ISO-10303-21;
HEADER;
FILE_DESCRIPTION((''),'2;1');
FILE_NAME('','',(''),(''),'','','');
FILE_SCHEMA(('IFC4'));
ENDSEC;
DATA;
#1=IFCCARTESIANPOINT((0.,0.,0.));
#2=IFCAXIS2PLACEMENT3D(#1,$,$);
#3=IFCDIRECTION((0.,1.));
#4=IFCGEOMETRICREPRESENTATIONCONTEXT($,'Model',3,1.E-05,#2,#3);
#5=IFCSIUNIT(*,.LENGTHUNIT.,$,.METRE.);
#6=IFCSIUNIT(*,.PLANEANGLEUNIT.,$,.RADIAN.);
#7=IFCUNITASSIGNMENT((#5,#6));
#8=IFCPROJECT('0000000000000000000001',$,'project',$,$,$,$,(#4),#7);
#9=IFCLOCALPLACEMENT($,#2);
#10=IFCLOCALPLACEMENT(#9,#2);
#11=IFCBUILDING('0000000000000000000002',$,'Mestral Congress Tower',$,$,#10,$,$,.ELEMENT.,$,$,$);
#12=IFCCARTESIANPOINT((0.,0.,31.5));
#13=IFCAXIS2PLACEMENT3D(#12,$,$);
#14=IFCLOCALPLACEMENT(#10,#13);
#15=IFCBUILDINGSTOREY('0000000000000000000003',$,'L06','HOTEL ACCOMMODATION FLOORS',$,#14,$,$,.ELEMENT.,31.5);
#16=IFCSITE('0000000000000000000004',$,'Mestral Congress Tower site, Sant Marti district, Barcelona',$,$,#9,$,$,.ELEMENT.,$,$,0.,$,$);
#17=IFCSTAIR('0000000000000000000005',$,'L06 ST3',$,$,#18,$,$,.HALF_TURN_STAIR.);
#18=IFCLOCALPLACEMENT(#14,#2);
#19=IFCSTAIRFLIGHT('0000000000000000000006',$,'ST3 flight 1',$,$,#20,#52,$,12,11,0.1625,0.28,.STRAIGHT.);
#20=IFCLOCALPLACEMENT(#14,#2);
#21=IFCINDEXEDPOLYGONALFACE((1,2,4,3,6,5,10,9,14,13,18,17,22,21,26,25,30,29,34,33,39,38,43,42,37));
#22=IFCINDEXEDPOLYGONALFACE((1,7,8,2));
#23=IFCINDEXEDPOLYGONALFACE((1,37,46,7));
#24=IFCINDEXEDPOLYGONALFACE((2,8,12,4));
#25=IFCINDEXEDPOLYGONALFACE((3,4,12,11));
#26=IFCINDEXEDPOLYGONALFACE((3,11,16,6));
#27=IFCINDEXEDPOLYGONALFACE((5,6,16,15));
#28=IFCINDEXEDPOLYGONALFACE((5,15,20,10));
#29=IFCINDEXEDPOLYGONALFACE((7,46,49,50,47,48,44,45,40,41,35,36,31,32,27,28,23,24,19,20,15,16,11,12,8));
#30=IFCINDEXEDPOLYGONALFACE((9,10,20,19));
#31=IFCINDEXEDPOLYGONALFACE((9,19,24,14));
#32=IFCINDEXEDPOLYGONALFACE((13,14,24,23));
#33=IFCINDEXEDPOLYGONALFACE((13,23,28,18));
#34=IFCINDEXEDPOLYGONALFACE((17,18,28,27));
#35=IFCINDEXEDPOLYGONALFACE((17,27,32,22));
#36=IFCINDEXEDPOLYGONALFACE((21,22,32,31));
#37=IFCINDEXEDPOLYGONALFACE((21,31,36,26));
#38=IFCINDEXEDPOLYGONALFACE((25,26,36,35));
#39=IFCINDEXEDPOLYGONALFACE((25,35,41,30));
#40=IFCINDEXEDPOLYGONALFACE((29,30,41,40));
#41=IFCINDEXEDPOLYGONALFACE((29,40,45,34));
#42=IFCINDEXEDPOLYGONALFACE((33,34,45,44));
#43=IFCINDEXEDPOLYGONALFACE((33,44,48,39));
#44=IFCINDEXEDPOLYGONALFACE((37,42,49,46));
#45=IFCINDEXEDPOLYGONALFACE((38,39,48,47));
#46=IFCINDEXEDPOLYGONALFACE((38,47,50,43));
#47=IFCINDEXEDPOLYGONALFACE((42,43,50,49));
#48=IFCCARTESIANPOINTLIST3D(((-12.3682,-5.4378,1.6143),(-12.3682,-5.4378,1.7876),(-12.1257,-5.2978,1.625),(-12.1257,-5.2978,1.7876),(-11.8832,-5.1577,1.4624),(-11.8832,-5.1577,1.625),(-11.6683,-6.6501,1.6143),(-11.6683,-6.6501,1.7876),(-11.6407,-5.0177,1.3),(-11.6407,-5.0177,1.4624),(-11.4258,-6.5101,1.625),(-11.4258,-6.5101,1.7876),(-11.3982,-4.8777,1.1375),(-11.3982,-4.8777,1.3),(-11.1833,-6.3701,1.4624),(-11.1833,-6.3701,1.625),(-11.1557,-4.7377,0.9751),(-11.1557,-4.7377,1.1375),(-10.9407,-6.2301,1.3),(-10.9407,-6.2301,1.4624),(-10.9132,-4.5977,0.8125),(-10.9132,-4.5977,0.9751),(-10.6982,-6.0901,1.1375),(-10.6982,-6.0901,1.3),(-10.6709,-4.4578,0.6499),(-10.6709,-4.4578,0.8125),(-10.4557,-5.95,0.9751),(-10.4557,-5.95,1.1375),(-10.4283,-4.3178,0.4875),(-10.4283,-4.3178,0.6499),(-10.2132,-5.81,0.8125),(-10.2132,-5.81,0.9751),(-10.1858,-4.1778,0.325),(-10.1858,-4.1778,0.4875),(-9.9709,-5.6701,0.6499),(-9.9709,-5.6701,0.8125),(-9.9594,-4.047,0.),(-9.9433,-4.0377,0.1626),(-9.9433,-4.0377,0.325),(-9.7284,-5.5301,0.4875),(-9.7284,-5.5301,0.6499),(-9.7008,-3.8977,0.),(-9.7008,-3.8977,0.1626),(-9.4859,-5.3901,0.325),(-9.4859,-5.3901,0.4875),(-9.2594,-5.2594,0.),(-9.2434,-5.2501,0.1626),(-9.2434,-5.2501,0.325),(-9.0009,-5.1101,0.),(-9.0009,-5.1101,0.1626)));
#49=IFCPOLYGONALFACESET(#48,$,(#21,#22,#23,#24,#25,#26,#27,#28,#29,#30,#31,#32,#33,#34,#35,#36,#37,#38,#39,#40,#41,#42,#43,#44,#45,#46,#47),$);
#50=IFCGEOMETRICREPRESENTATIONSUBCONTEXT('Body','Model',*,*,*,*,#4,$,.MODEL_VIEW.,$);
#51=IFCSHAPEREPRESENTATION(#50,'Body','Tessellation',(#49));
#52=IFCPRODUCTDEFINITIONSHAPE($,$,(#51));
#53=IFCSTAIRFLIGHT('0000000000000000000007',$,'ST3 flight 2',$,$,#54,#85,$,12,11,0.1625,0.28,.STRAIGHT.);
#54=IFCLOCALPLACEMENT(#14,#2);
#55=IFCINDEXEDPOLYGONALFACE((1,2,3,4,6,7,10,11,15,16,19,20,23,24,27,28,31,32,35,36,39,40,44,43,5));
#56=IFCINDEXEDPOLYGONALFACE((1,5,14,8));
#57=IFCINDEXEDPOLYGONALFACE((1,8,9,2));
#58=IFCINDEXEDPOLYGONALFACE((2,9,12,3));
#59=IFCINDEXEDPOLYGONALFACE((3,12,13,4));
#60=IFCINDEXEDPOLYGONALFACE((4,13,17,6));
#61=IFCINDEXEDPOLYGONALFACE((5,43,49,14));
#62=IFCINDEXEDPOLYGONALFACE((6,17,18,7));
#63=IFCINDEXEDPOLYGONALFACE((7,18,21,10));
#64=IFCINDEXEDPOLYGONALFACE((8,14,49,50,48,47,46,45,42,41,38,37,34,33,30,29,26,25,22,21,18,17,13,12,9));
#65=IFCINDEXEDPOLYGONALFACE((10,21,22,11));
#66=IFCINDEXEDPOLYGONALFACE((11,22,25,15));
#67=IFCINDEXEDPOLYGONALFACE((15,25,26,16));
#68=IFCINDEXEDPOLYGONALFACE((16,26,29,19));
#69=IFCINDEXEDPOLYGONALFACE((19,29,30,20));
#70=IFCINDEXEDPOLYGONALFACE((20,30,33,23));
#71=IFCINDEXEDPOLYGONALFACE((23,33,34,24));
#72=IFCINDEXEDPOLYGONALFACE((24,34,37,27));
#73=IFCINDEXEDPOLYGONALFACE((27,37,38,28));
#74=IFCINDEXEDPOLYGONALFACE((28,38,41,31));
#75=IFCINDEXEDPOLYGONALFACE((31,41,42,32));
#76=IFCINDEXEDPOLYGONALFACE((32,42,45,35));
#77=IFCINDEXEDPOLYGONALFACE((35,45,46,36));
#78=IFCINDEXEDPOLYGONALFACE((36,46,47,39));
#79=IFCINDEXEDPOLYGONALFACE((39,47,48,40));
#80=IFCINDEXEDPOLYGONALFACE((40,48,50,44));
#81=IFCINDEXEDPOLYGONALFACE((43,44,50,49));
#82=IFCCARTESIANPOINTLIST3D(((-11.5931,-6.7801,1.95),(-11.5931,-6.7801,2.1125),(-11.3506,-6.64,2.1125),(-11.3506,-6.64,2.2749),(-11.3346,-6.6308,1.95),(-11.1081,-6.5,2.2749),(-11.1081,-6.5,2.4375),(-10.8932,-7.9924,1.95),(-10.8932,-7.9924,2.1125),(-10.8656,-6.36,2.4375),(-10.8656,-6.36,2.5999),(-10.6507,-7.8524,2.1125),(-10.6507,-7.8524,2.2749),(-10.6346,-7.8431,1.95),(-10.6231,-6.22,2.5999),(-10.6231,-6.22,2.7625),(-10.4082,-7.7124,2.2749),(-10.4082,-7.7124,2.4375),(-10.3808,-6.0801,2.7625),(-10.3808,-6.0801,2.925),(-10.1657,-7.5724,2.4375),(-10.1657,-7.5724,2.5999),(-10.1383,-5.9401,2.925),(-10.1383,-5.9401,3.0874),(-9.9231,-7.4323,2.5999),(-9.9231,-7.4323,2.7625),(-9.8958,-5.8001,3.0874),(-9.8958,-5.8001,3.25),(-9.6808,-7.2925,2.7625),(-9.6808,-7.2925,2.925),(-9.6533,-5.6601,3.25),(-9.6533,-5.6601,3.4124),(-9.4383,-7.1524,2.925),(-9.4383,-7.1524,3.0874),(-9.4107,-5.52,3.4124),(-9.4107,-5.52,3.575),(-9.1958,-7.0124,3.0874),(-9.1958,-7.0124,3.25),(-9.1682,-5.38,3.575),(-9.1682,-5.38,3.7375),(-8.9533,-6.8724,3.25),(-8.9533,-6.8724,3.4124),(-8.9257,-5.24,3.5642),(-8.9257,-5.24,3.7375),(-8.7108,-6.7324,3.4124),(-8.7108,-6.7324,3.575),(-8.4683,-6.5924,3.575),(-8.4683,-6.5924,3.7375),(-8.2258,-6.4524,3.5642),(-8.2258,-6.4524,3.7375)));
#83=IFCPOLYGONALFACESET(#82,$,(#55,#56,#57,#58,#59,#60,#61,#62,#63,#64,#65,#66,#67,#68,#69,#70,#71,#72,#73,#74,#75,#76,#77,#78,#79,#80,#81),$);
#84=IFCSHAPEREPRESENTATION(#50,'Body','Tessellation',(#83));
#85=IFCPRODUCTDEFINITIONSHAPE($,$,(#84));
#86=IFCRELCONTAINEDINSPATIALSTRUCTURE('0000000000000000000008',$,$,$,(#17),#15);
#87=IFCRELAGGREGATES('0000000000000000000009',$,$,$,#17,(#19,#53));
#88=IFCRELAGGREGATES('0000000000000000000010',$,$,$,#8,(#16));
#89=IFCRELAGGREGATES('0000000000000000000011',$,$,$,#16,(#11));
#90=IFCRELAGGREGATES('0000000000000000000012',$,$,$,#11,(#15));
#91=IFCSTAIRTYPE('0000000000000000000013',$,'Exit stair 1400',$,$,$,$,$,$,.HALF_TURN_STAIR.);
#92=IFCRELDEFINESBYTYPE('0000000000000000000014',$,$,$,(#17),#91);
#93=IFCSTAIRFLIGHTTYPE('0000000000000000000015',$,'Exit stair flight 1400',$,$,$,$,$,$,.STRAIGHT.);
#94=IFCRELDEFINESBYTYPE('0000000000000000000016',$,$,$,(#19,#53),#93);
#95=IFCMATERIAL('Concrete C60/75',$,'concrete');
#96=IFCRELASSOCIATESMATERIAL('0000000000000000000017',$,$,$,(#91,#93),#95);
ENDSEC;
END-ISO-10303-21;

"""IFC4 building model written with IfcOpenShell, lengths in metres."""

from ifc_helpers import new_model, si_unit, direction, frame, origin, place, context, subcontext, project, spatial, polyline, outline, extrude, material, type_object, element, aggregate, save


model = new_model("IFC4")

# Units and contexts
model_context = context("Model", 3, precision=1e-05, world=origin(), true_north=direction((0.0, 1.0)))
body_context = subcontext(model_context, "Body", "Model", "MODEL_VIEW")
ifc_project = project(units=[si_unit("LENGTHUNIT", "METRE"), si_unit("PLANEANGLEUNIT", "RADIAN")], contexts=[model_context])

# Site, building, storey
site_placement = place(None, origin())
site = spatial("IfcSite", under=ifc_project, at=site_placement, Name="Mestral Congress Tower site, Sant Marti district, Barcelona", CompositionType="ELEMENT", RefElevation=0.0)
building_placement = place(site_placement, origin())
building = spatial("IfcBuilding", under=site, at=building_placement, Name="Mestral Congress Tower", CompositionType="ELEMENT")
storey_placement = place(building_placement, frame((0.0, 0.0, 31.5)))
storey = spatial("IfcBuildingStorey", under=building, at=storey_placement, Name="L06", Description="HOTEL ACCOMMODATION FLOORS", CompositionType="ELEMENT", Elevation=31.5)

# Shared definitions
ifc_material_1 = material(Name="Concrete C60/75", Category="concrete")

# Stair, stair flights
stair_type = type_object("IfcStairType", Name="Exit stair 1400", PredefinedType="HALF_TURN_STAIR", material=ifc_material_1)
stair_placement = place(storey_placement, origin())
stair = element("IfcStair", 1, at=stair_placement, inside=storey, type_object=stair_type, Name="L06 ST3", PredefinedType="HALF_TURN_STAIR")
stair_flight_type = type_object("IfcStairFlightType", Name="Exit stair flight 1400", PredefinedType="STRAIGHT", material=ifc_material_1)
stair_flight_1_placement = place(storey_placement, frame((-9.3508, -4.5039, 0.0), z_axis=(0.0, 0.0, 1.0), x_axis=(-0.866025, -0.5, 0.0)))
stair_flight_1 = element("IfcStairFlight", 2, at=stair_flight_1_placement, type_object=stair_flight_type, Name="ST3 flight 1", NumberOfRisers=12, NumberOfTreads=11, PredefinedType="STRAIGHT", RiserHeight=0.1625, TreadLength=0.28, context=body_context, shape_type="SweptSolid", body=[
    extrude(outline(polyline([(0.0, 0.0), (0.0, 0.1626), (0.28, 0.1626), (0.28, 0.325), (0.5601, 0.325), (0.5601, 0.4875), (0.8401, 0.4875), (0.8401, 0.6499), (1.1201, 0.6499), (1.1201, 0.8125), (1.3999, 0.8125), (1.3999, 0.9751), (1.6799, 0.9751), (1.6799, 1.1375), (1.96, 1.1375), (1.96, 1.3), (2.24, 1.3), (2.24, 1.4624), (2.52, 1.4624), (2.52, 1.625), (2.8, 1.625), (2.8, 1.7876), (3.0801, 1.7876), (3.0801, 1.95), (3.0801, 1.6143), (0.2986, 0.0), (0.0, 0.0)])), frame((0.0, 0.7, 0.0), z_axis=(0.0, -1.0, 0.0), x_axis=(1.0, 0.0, 0.0)), (0.0, 0.0, 1.0), 1.3999),
])
stair_flight_2_placement = place(storey_placement, frame((-11.2432, -7.3862, 1.95), z_axis=(0.0, 0.0, 1.0), x_axis=(0.866025, 0.5, 0.0)))
stair_flight_2 = element("IfcStairFlight", 3, at=stair_flight_2_placement, type_object=stair_flight_type, Name="ST3 flight 2", NumberOfRisers=12, NumberOfTreads=11, PredefinedType="STRAIGHT", RiserHeight=0.1625, TreadLength=0.28, context=body_context, shape_type="SweptSolid", body=[
    extrude(outline(polyline([(0.0, 0.0), (0.0, 0.1626), (0.28, 0.1626), (0.28, 0.325), (0.5601, 0.325), (0.5601, 0.4875), (0.8401, 0.4875), (0.8401, 0.6499), (1.1201, 0.6499), (1.1201, 0.8125), (1.3999, 0.8125), (1.3999, 0.9751), (1.6799, 0.9751), (1.6799, 1.1375), (1.96, 1.1375), (1.96, 1.3), (2.24, 1.3), (2.24, 1.4624), (2.52, 1.4624), (2.52, 1.625), (2.8, 1.625), (2.8, 1.7876), (3.0801, 1.7876), (3.0801, 1.95), (3.0801, 1.6143), (0.2986, 0.0), (0.0, 0.0)])), frame((0.0, 0.7, 0.0), z_axis=(0.0, -1.0, 0.0), x_axis=(1.0, 0.0, 0.0)), (0.0, 0.0, 1.0), 1.3999),
])
aggregate(stair, [stair_flight_1, stair_flight_2])

save(model, "model.ifc")
